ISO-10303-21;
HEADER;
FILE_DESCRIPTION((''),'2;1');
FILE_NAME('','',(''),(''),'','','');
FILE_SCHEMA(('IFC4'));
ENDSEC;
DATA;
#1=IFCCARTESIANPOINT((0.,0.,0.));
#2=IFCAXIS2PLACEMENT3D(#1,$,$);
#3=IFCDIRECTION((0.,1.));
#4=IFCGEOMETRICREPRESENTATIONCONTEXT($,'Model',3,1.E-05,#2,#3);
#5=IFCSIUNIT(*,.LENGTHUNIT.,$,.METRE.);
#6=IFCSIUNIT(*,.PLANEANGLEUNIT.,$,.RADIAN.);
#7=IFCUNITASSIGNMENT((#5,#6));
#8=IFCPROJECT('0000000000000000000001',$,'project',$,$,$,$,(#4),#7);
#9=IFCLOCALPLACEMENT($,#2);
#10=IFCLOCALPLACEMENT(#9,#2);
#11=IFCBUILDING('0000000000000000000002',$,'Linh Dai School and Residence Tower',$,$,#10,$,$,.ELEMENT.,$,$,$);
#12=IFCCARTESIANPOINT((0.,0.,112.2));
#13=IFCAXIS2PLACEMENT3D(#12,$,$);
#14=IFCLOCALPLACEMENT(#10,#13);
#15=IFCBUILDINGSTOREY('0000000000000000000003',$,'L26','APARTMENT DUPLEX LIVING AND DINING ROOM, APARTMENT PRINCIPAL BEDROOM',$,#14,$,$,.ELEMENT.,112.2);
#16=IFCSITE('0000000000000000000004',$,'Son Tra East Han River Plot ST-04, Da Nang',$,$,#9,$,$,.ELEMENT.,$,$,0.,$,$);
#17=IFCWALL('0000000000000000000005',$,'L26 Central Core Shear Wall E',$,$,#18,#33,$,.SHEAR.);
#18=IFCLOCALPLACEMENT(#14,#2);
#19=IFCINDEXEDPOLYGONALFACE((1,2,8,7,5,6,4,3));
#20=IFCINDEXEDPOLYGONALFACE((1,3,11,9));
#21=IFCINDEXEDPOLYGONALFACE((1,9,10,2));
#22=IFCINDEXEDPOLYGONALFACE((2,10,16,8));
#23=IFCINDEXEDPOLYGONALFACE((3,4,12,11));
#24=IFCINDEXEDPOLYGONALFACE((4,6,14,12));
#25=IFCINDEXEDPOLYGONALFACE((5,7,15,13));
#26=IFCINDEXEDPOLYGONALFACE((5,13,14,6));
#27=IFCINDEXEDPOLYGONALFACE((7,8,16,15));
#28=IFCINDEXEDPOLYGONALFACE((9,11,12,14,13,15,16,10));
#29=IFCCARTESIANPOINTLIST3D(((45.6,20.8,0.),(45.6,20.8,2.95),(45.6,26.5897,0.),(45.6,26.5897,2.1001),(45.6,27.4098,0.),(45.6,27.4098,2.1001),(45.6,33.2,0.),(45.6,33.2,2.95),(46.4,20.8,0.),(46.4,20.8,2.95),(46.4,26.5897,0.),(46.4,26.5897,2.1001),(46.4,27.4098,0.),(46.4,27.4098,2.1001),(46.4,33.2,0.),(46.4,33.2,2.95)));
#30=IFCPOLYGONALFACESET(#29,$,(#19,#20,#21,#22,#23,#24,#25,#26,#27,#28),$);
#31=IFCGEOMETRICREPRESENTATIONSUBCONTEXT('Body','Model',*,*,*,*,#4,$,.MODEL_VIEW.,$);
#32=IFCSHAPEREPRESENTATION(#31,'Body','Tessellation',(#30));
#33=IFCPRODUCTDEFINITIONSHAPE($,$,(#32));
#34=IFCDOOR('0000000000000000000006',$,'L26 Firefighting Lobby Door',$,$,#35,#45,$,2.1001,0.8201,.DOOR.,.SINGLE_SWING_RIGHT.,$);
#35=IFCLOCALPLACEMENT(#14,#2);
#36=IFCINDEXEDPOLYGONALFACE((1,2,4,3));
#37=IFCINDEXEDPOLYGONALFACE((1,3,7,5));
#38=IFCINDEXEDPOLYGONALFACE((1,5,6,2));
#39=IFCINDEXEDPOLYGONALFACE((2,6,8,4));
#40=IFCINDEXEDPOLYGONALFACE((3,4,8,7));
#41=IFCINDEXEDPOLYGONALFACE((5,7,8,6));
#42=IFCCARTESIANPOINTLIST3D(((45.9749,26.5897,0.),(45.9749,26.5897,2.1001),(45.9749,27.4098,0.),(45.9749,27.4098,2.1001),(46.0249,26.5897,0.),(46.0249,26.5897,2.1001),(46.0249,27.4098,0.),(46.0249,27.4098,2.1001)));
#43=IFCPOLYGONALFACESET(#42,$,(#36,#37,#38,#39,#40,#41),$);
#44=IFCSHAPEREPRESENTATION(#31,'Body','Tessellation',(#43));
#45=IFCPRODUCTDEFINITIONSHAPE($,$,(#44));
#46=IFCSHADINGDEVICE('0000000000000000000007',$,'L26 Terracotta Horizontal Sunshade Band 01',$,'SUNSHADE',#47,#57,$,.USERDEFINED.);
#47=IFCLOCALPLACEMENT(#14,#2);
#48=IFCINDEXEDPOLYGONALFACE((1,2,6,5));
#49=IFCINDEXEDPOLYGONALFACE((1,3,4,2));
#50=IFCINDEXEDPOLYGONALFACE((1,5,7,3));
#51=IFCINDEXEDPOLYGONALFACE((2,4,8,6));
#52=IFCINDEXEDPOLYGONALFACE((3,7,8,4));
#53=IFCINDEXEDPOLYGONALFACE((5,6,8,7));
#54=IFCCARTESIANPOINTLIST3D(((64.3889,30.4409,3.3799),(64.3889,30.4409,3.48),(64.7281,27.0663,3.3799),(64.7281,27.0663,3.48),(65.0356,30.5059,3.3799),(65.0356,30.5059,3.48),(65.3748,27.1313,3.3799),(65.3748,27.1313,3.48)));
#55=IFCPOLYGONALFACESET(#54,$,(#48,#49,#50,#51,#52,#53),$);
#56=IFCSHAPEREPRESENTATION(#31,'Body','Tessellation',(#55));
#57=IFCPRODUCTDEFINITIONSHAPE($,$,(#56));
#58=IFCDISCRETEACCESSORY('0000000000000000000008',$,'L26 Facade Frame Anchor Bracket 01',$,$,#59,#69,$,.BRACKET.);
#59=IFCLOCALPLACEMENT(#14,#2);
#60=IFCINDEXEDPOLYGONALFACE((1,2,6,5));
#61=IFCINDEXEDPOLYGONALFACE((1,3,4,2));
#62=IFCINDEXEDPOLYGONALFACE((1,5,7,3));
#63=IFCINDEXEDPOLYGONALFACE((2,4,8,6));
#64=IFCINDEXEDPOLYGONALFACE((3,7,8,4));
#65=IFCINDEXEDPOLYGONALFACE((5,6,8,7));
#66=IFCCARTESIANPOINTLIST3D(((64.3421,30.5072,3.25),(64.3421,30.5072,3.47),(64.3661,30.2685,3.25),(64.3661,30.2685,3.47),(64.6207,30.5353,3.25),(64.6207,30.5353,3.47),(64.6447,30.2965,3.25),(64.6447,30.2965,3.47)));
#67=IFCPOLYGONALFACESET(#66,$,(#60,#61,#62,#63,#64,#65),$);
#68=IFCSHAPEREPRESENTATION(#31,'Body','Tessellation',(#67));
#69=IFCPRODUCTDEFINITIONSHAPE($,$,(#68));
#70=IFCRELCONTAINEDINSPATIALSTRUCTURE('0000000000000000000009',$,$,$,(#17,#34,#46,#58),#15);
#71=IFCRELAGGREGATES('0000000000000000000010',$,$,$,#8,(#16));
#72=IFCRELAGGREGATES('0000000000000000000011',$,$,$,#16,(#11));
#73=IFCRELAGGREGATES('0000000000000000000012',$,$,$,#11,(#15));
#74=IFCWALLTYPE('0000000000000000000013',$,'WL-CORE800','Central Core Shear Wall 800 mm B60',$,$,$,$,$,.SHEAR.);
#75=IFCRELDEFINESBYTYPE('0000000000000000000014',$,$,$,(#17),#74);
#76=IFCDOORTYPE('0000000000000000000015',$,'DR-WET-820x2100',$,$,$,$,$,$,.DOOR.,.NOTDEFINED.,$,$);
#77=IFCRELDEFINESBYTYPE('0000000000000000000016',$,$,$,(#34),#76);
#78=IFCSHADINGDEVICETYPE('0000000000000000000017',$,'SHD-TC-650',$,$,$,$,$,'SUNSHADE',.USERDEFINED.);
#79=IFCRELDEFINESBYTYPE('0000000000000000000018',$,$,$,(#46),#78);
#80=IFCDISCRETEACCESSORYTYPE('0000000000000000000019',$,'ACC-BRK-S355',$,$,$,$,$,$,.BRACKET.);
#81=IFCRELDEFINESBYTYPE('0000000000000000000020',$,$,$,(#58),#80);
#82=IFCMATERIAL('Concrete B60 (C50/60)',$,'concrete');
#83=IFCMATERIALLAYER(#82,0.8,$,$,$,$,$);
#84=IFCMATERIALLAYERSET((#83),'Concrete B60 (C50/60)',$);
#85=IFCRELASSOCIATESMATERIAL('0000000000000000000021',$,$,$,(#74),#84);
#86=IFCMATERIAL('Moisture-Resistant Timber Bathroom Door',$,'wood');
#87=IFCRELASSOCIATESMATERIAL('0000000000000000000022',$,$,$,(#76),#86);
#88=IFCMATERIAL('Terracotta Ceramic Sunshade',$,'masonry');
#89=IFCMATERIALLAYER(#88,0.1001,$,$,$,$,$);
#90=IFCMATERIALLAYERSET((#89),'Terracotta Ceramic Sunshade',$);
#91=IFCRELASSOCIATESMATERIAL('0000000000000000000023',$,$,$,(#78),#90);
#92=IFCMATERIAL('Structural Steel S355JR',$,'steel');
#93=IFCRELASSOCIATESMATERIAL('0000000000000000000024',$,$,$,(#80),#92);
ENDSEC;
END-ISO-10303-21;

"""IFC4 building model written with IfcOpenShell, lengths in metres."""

from ifc_helpers import new_model, si_unit, direction, frame, frame_2d, origin, origin_2d, place, context, subcontext, project, spatial, rectangle, extrude, source, transform, mapped, material, layer, layer_set, type_object, element, fill, save


model = new_model("IFC4")

# Units and contexts
model_context = context("Model", 3, precision=1e-05, world=origin(), true_north=direction((0.0, 1.0)))
body_context = subcontext(model_context, "Body", "Model", "MODEL_VIEW")
ifc_project = project(units=[si_unit("LENGTHUNIT", "METRE"), si_unit("PLANEANGLEUNIT", "RADIAN")], contexts=[model_context])

# Site, building, storey
site_placement = place(None, origin())
site = spatial("IfcSite", under=ifc_project, at=site_placement, Name="Son Tra East Han River Plot ST-04, Da Nang", CompositionType="ELEMENT", RefElevation=0.0)
building_placement = place(site_placement, origin())
building = spatial("IfcBuilding", under=site, at=building_placement, Name="Linh Dai School and Residence Tower", CompositionType="ELEMENT")
storey_placement = place(building_placement, frame((0.0, 0.0, 112.2)))
storey = spatial("IfcBuildingStorey", under=building, at=storey_placement, Name="L26", Description="APARTMENT DUPLEX LIVING AND DINING ROOM, APARTMENT PRINCIPAL BEDROOM", CompositionType="ELEMENT", Elevation=112.2)

# Shared definitions
ifc_material_1 = material(Name="Structural Steel S355JR", Category="steel")

# Wall, opening, door
ifc_material_2 = material(Name="Concrete B60 (C50/60)", Category="concrete")
ifc_layer_1 = layer(ifc_material_2, 0.8)
ifc_layer_set_1 = layer_set([ifc_layer_1], Name="Concrete B60 (C50/60)")
wall_type_1 = type_object("IfcWallType", Name="WL-CORE800", Description="Central Core Shear Wall 800 mm B60", PredefinedType="SHEAR", material=ifc_layer_set_1)
wall_1_placement = place(storey_placement, frame((46.0, 33.2, 0.0), z_axis=(0.0, 0.0, 1.0), x_axis=(0.0, -1.0, 0.0)))
wall_1 = element("IfcWall", 1, at=wall_1_placement, inside=storey, type_object=wall_type_1, Name="L26 Central Core Shear Wall E", PredefinedType="SHEAR", context=body_context, shape_type="SweptSolid", body=[
    extrude(rectangle(XDim=12.3999, YDim=0.8, at=frame_2d((6.2, 0.0))), origin(), (0.0, 0.0, 1.0), 2.95),
])
opening_1_placement = place(wall_1_placement, frame((5.79, 0.0, 0.0)))
opening_1 = element("IfcOpeningElement", 2, at=opening_1_placement, cuts=wall_1, PredefinedType="OPENING", context=body_context, shape_type="SweptSolid", body=[
    extrude(rectangle(XDim=0.8201, YDim=2.1001, at=origin_2d()), frame((0.4102, 0.4102, 1.05), z_axis=(0.0, -1.0, 0.0), x_axis=(1.0, 0.0, 0.0)), (0.0, 0.0, 1.0), 0.8201),
])
ifc_material_3 = material(Name="Moisture-Resistant Timber Bathroom Door", Category="wood")
door_type_1 = type_object("IfcDoorType", Name="DR-WET-820x2100", OperationType="NOTDEFINED", PredefinedType="DOOR", material=ifc_material_3)
shared_shape_1 = source(origin(), body_context, "Body", "SweptSolid", [
    extrude(rectangle(XDim=0.8201, YDim=2.1001, at=origin_2d()), frame((0.4102, 0.0249, 1.05), z_axis=(0.0, -1.0, 0.0), x_axis=(1.0, 0.0, 0.0)), (0.0, 0.0, 1.0), 0.05),
])
door_1_placement = place(opening_1_placement, origin())
door_1 = element("IfcDoor", 3, at=door_1_placement, inside=storey, type_object=door_type_1, Name="L26 Firefighting Lobby Door", OperationType="SINGLE_SWING_RIGHT", OverallHeight=2.1001, OverallWidth=0.8201, PredefinedType="DOOR", context=body_context, shape_type="MappedRepresentation", body=[
    mapped(shared_shape_1, transform((0.0, 0.0, 0.0), x_axis=(1.0, 0.0, 0.0), y_axis=(0.0, 1.0, 0.0), z_axis=(0.0, 0.0, 1.0), scale=1.0)),
])
fill(opening_1, door_1)

# Shading device
ifc_material_4 = material(Name="Terracotta Ceramic Sunshade", Category="masonry")
ifc_layer_2 = layer(ifc_material_4, 0.1001)
ifc_layer_set_2 = layer_set([ifc_layer_2], Name="Terracotta Ceramic Sunshade")
shading_device_type = type_object("IfcShadingDeviceType", Name="SHD-TC-650", ElementType="SUNSHADE", PredefinedType="USERDEFINED", material=ifc_layer_set_2)
shared_shape_2 = source(origin(), body_context, "Body", "SweptSolid", [
    extrude(rectangle(XDim=3.3916, YDim=0.6499, at=origin_2d()), origin(), (0.0, 0.0, 1.0), 0.1001),
])
shading_device_placement = place(storey_placement, frame((64.8818, 28.7861, 3.3799), z_axis=(0.0, 0.0, 1.0), x_axis=(0.100007, -0.994987, 0.0)))
element("IfcShadingDevice", 4, at=shading_device_placement, inside=storey, type_object=shading_device_type, Name="L26 Terracotta Horizontal Sunshade Band 01", ObjectType="SUNSHADE", PredefinedType="USERDEFINED", context=body_context, shape_type="MappedRepresentation", body=[
    mapped(shared_shape_2, transform((0.0, 0.0, 0.0), x_axis=(1.0, 0.0, 0.0), y_axis=(0.0, 1.0, 0.0), z_axis=(0.0, 0.0, 1.0), scale=1.0)),
])

# Discrete accessory
discrete_accessory_type = type_object("IfcDiscreteAccessoryType", Name="ACC-BRK-S355", PredefinedType="BRACKET", material=ifc_material_1)
shared_shape_3 = source(origin(), body_context, "Body", "SweptSolid", [
    extrude(rectangle(XDim=0.28, YDim=0.24, at=origin_2d()), origin(), (0.0, 0.0, 1.0), 0.22),
])
discrete_accessory_placement = place(storey_placement, frame((64.4934, 30.4019, 3.25), z_axis=(0.0, 0.0, 1.0), x_axis=(0.994987, 0.100007, 0.0)))
element("IfcDiscreteAccessory", 5, at=discrete_accessory_placement, inside=storey, type_object=discrete_accessory_type, Name="L26 Facade Frame Anchor Bracket 01", PredefinedType="BRACKET", context=body_context, shape_type="MappedRepresentation", body=[
    mapped(shared_shape_3, transform((0.0, 0.0, 0.0), x_axis=(1.0, 0.0, 0.0), y_axis=(0.0, 1.0, 0.0), z_axis=(0.0, 0.0, 1.0), scale=1.0)),
])

save(model, "model.ifc")
